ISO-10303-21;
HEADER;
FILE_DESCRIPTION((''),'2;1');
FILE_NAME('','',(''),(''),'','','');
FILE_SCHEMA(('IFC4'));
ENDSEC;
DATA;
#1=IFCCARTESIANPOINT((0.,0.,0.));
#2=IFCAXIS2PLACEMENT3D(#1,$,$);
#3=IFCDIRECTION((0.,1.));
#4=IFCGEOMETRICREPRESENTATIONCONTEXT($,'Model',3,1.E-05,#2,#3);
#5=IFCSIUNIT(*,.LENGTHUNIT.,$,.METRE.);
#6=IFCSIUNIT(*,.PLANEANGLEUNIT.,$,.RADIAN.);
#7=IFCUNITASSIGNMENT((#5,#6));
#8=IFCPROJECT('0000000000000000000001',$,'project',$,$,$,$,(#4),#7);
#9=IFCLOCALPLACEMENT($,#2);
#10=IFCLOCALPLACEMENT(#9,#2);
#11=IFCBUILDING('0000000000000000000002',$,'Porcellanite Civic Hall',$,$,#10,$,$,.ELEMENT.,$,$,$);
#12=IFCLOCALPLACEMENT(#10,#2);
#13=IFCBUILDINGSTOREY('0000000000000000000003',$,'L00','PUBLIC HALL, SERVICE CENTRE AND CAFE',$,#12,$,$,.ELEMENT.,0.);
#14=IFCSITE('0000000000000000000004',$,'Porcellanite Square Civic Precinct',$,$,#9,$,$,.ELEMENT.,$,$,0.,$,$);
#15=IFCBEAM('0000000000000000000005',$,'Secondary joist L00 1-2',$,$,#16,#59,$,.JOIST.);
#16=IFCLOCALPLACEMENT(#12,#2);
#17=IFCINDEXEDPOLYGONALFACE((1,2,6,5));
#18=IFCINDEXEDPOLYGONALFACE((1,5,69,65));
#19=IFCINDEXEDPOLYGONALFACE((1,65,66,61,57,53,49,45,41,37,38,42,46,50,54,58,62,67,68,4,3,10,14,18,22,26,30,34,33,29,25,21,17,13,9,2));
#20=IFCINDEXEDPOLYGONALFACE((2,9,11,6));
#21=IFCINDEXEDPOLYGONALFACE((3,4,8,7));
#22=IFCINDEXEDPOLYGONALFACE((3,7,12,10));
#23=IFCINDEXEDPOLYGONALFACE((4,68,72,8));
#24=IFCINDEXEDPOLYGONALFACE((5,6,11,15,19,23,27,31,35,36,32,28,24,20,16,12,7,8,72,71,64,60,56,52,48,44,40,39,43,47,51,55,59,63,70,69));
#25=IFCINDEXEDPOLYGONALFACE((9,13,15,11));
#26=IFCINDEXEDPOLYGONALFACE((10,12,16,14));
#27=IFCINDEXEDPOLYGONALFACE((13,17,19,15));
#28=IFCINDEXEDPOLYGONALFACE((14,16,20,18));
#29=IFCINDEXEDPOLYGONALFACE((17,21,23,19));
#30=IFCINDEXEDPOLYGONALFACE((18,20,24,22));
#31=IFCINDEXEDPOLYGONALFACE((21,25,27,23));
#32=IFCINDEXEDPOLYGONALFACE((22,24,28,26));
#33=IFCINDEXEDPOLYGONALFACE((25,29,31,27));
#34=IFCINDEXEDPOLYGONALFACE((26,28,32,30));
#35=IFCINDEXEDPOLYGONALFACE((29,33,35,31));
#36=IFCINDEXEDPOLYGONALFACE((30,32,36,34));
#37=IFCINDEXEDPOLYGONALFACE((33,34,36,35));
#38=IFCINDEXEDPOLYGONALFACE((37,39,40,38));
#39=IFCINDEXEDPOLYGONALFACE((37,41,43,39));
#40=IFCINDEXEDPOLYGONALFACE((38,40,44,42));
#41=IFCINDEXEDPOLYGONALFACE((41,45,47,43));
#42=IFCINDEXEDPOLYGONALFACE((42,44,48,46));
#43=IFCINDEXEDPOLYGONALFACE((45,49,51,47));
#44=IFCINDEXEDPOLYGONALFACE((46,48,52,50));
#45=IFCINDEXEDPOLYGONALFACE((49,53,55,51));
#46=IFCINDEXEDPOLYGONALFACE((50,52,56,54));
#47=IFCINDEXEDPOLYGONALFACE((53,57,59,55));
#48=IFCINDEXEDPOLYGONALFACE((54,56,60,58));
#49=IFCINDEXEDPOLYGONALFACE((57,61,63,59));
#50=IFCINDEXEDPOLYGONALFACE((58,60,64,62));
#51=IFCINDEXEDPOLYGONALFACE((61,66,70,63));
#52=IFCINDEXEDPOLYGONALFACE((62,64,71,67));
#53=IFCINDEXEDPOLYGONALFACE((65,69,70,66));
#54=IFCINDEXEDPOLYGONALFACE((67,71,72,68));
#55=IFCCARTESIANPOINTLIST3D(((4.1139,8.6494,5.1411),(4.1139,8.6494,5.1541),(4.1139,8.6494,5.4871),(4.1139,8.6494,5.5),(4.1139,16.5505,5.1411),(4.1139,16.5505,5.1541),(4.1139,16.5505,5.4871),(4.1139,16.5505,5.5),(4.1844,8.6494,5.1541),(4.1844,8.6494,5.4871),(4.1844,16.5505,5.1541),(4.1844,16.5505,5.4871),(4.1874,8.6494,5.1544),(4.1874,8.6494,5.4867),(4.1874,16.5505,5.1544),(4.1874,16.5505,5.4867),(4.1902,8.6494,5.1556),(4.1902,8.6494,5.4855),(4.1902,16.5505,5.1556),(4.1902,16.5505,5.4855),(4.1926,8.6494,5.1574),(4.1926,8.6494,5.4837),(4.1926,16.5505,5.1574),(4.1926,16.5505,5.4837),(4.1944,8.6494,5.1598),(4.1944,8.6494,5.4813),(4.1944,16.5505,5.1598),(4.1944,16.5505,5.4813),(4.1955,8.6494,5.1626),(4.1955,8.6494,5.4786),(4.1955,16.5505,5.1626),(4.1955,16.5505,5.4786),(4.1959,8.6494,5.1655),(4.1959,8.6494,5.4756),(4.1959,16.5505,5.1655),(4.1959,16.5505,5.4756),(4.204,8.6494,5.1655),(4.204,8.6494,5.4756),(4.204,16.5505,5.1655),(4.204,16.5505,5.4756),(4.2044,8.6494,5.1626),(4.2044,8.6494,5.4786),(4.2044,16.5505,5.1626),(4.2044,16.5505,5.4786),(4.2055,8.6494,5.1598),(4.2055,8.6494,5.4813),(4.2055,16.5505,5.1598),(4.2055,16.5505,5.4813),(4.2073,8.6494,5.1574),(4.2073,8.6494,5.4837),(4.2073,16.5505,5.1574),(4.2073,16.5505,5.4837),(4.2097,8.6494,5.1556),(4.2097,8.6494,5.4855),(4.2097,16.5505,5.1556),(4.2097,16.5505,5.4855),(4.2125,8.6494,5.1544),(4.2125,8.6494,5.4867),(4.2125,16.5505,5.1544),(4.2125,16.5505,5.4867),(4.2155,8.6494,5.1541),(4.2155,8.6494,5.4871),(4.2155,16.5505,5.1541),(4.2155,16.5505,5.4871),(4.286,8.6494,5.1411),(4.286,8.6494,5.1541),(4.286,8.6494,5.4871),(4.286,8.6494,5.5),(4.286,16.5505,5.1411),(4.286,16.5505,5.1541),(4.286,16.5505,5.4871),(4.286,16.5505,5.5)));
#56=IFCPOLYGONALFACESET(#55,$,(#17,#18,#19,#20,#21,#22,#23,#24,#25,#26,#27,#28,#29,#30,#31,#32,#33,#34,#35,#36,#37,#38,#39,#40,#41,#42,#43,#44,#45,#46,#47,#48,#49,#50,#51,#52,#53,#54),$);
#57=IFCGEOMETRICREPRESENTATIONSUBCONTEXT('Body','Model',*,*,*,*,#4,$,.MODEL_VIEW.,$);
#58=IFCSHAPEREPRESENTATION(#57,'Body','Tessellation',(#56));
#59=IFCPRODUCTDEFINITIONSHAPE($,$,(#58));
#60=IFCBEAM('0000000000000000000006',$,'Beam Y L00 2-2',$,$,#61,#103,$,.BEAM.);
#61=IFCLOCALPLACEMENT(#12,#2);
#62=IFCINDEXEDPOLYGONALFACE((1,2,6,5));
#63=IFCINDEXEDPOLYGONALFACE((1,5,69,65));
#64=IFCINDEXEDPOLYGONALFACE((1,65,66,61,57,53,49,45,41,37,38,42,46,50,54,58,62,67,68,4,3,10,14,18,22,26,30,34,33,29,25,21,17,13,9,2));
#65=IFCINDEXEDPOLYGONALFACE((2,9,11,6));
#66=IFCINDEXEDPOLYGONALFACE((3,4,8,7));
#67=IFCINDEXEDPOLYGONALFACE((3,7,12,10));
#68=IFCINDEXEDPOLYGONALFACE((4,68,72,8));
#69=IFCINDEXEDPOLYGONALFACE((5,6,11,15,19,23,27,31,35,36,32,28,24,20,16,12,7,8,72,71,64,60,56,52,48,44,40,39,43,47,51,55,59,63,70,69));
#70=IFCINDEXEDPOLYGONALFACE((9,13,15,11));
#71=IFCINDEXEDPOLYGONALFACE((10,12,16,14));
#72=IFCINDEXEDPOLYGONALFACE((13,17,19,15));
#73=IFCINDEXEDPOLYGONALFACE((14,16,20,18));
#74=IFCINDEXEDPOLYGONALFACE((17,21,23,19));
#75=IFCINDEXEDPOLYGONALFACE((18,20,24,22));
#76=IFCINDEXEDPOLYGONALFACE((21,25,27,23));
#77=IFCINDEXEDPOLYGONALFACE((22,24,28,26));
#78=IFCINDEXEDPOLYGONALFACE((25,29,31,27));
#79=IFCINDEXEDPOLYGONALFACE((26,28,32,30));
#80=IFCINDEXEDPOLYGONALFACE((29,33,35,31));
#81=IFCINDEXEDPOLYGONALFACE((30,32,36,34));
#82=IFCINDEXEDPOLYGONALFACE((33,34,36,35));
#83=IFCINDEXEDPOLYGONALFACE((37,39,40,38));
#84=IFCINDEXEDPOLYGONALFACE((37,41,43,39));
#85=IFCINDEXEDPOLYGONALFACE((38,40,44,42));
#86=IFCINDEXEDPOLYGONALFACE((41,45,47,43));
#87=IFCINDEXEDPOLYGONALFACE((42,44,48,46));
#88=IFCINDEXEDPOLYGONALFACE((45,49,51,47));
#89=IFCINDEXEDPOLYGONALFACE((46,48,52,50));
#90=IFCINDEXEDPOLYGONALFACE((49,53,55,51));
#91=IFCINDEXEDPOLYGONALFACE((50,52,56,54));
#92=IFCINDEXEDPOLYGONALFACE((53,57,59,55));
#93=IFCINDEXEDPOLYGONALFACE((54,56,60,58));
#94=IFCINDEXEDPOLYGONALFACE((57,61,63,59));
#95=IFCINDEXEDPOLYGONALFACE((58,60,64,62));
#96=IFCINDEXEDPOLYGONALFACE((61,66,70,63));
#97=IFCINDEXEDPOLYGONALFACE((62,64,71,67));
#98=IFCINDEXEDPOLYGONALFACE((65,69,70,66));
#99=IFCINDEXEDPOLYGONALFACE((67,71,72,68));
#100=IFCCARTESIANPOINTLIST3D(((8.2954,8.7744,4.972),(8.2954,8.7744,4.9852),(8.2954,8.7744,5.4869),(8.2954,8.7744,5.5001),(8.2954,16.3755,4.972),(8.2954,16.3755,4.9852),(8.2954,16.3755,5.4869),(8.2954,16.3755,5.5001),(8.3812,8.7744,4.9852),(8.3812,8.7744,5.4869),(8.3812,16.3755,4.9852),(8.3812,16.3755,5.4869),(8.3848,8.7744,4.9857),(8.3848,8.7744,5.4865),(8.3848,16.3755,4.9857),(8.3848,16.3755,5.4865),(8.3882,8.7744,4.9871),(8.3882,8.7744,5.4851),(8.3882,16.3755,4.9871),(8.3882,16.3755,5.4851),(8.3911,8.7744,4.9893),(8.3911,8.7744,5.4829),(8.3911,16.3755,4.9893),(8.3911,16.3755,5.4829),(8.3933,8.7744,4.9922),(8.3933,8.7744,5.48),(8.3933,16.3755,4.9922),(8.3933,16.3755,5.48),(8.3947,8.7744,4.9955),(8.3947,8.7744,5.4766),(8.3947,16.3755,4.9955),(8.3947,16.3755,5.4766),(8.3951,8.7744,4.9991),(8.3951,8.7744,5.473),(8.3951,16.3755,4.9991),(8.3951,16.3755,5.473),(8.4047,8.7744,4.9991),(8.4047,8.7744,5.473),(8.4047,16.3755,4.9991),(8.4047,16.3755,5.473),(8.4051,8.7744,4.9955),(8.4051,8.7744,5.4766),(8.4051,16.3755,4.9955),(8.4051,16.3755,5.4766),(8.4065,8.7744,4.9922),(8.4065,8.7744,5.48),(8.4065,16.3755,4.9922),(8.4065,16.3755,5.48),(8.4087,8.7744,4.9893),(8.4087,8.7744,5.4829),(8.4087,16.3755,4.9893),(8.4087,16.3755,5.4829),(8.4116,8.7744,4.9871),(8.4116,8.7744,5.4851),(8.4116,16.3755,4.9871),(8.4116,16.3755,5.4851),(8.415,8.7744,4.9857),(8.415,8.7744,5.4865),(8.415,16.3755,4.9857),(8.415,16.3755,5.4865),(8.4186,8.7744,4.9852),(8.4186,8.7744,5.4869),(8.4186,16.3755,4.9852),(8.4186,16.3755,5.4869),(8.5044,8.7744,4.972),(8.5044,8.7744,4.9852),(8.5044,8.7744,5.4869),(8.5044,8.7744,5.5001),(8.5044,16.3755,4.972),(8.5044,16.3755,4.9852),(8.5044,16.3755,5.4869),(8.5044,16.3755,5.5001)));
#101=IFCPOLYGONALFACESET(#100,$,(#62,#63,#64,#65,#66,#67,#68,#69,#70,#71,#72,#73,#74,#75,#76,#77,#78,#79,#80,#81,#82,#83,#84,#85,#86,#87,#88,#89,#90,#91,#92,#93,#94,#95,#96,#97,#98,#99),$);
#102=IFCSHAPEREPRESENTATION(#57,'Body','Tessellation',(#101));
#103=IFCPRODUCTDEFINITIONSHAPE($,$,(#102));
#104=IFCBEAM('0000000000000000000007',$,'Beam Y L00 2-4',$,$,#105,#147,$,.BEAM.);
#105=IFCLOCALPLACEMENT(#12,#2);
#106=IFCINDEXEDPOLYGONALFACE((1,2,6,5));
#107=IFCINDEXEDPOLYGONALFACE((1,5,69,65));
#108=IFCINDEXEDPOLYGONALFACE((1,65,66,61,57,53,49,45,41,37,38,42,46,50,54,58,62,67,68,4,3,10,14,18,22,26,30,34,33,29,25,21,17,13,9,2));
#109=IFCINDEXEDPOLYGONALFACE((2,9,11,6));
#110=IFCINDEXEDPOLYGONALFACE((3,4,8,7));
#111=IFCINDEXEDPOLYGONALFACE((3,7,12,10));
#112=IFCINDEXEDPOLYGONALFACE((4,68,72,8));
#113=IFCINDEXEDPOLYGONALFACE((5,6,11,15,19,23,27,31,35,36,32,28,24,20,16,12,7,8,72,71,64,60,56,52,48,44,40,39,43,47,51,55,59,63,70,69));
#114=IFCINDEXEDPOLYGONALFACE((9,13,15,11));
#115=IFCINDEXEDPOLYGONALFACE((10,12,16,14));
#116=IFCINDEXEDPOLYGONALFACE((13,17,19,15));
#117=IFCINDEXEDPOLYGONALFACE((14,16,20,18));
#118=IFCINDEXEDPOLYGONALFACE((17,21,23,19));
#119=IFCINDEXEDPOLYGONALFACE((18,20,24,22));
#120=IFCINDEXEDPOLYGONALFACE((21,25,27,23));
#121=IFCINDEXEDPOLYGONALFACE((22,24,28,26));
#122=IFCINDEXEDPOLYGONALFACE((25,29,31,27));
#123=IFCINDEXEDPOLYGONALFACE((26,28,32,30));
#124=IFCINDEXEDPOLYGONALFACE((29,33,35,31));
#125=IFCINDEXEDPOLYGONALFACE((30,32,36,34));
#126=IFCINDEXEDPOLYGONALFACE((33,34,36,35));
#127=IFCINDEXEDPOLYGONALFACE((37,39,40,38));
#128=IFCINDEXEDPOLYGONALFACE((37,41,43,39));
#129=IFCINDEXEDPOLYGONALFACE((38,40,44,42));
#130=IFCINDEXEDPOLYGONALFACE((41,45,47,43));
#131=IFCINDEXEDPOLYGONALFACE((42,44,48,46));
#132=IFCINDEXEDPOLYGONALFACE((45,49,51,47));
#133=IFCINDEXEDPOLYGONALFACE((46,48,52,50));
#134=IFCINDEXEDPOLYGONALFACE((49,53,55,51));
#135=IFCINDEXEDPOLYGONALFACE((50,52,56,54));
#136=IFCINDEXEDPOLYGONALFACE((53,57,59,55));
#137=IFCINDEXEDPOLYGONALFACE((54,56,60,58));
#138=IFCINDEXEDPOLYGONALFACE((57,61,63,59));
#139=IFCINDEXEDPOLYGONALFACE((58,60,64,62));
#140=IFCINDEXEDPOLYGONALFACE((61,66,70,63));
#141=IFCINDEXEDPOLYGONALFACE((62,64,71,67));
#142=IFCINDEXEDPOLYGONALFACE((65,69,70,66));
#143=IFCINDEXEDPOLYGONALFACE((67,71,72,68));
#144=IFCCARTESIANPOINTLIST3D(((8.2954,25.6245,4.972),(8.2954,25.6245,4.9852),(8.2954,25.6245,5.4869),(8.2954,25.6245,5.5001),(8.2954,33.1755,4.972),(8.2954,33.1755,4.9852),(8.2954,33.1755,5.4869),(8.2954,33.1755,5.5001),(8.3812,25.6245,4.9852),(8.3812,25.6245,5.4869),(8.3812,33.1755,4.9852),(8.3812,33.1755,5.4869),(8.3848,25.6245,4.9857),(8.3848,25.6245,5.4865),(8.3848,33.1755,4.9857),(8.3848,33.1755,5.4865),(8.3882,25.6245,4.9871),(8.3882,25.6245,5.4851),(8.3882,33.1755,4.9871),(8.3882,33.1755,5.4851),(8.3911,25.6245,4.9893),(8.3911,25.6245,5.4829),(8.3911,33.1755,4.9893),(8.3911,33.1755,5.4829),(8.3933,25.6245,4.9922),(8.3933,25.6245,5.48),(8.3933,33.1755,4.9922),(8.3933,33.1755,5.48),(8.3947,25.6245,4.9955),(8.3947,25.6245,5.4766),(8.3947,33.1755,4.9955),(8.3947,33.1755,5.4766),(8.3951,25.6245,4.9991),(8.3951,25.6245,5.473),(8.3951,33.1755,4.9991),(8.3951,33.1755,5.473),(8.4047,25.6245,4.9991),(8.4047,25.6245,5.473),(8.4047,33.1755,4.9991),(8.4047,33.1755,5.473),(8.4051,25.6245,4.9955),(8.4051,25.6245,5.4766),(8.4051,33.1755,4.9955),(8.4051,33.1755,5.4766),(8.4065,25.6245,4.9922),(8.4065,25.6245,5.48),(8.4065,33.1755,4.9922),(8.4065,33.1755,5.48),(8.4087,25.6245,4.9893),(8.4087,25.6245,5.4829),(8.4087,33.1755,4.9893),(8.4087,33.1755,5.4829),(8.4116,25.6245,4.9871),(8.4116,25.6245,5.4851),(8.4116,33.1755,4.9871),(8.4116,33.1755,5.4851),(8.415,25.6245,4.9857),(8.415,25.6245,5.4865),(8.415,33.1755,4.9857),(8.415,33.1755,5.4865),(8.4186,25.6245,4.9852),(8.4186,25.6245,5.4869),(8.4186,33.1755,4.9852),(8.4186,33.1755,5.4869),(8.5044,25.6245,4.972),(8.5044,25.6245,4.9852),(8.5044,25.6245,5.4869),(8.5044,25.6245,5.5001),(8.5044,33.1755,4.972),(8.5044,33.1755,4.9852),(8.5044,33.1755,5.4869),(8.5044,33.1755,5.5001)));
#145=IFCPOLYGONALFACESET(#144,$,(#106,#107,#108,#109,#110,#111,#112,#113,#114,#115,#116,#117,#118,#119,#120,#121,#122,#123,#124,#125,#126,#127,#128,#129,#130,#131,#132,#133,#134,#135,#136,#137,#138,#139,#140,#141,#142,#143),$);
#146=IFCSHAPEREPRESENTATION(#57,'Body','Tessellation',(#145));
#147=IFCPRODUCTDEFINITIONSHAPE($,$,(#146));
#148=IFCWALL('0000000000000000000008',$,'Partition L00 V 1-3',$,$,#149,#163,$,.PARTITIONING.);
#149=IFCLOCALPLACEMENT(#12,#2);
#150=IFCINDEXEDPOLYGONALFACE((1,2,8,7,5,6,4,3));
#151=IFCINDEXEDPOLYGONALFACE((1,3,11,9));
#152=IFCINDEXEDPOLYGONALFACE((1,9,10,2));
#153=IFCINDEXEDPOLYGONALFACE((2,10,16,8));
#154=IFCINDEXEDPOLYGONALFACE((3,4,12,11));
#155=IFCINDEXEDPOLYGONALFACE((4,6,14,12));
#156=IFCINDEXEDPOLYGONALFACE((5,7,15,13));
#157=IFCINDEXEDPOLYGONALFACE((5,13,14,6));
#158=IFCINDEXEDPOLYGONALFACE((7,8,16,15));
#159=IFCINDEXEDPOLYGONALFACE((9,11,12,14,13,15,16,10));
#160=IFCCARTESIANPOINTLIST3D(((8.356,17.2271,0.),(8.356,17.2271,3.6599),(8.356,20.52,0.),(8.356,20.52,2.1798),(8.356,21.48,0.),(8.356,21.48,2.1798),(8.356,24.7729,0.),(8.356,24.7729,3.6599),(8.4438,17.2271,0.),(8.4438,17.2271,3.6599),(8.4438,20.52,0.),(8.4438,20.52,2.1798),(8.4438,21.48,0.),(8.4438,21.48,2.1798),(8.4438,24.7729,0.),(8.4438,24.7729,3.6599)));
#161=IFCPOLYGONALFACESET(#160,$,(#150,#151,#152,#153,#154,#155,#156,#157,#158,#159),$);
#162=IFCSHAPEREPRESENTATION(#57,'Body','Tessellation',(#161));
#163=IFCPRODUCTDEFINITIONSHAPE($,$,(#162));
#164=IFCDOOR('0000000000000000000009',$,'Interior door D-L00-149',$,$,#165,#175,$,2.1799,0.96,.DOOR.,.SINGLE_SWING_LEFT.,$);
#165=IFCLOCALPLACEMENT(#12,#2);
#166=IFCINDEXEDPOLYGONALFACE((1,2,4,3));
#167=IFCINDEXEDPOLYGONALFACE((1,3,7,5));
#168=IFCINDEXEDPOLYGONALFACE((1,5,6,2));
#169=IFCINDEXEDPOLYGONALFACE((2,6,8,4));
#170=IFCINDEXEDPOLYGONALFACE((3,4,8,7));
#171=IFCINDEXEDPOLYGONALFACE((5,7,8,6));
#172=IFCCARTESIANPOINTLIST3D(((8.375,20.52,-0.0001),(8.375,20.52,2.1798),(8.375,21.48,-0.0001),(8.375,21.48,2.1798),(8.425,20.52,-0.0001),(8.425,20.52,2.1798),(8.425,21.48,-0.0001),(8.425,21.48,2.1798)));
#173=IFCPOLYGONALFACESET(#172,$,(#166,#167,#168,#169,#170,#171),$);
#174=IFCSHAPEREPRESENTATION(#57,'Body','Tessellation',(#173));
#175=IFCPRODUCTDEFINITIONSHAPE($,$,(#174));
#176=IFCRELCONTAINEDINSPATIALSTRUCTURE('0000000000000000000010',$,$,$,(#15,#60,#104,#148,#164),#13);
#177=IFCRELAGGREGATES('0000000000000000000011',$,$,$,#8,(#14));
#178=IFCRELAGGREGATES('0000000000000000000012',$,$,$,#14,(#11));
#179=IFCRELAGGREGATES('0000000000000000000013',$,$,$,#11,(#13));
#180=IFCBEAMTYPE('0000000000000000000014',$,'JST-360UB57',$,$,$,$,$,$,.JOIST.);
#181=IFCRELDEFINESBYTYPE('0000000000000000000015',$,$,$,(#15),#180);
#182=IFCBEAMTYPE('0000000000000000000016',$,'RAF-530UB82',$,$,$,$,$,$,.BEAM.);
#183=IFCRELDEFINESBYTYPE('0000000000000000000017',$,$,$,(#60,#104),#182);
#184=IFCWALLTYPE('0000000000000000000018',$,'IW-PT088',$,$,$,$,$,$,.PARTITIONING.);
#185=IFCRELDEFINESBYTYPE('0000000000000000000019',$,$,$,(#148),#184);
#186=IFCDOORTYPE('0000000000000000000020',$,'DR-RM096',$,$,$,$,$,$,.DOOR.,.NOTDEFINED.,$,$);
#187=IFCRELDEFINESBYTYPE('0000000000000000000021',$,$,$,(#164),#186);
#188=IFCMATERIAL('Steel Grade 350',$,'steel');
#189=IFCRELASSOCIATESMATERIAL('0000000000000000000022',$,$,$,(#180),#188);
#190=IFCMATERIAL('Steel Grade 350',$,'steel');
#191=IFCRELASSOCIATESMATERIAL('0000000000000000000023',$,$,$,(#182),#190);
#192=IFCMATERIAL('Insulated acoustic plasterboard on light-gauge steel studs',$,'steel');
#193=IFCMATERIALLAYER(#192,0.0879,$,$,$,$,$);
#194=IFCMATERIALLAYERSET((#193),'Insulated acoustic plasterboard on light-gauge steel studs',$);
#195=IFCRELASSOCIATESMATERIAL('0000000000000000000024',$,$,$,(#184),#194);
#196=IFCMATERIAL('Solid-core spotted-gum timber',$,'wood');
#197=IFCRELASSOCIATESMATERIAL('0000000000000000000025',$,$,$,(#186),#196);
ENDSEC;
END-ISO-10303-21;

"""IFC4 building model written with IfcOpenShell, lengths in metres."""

from ifc_helpers import new_model, si_unit, direction, frame, frame_2d, origin, origin_2d, place, context, subcontext, project, spatial, rectangle, i_section, extrude, material, layer, layer_set, material_profile, profile_set, type_object, element, fill, save


model = new_model("IFC4")

# Units and contexts
model_context = context("Model", 3, precision=1e-05, world=origin(), true_north=direction((0.0, 1.0)))
body_context = subcontext(model_context, "Body", "Model", "MODEL_VIEW")
ifc_project = project(units=[si_unit("LENGTHUNIT", "METRE"), si_unit("PLANEANGLEUNIT", "RADIAN")], contexts=[model_context])

# Site, building, storey
site_placement = place(None, origin())
site = spatial("IfcSite", under=ifc_project, at=site_placement, Name="Porcellanite Square Civic Precinct", CompositionType="ELEMENT", RefElevation=0.0)
building_placement = place(site_placement, origin())
building = spatial("IfcBuilding", under=site, at=building_placement, Name="Porcellanite Civic Hall", CompositionType="ELEMENT")
storey_placement = place(building_placement, origin())
storey = spatial("IfcBuildingStorey", under=building, at=storey_placement, Name="L00", Description="PUBLIC HALL, SERVICE CENTRE AND CAFE", CompositionType="ELEMENT", Elevation=0.0)

# Beams
ifc_material_1 = material(Name="Steel Grade 350", Category="steel")
ifc_material_profile_1 = material_profile(ifc_material_1, i_section(OverallWidth=0.1721, OverallDepth=0.3589, WebThickness=0.0081, FlangeThickness=0.0129, FilletRadius=0.0115, at=origin_2d()), Name="360UB56.7")
ifc_profile_set_1 = profile_set([ifc_material_profile_1], Name="Steel Grade 350")
beam_type_1 = type_object("IfcBeamType", Name="JST-360UB57", PredefinedType="JOIST", material=ifc_profile_set_1)
beam_1_placement = place(storey_placement, frame((4.2, 8.6494, 5.3206), z_axis=(0.0, 1.0, 0.0), x_axis=(-1.0, 0.0, 0.0)))
element("IfcBeam", 1, at=beam_1_placement, inside=storey, type_object=beam_type_1, Name="Secondary joist L00 1-2", PredefinedType="JOIST", context=body_context, shape_type="SweptSolid", body=[
    extrude(i_section(OverallWidth=0.1721, OverallDepth=0.3589, WebThickness=0.0081, FlangeThickness=0.0129, FilletRadius=0.0115, at=origin_2d()), origin(), (0.0, 0.0, 1.0), 7.9011),
])
ifc_material_2 = material(Name="Steel Grade 350", Category="steel")
ifc_material_profile_2 = material_profile(ifc_material_2, i_section(OverallWidth=0.209, OverallDepth=0.5281, WebThickness=0.0095, FlangeThickness=0.0132, FilletRadius=0.0139, at=origin_2d()), Name="530UB82.0")
ifc_profile_set_2 = profile_set([ifc_material_profile_2], Name="Steel Grade 350")
beam_type_2 = type_object("IfcBeamType", Name="RAF-530UB82", PredefinedType="BEAM", material=ifc_profile_set_2)
beam_2_placement = place(storey_placement, frame((8.3999, 8.7744, 5.2361), z_axis=(0.0, 1.0, 0.0), x_axis=(-1.0, 0.0, 0.0)))
element("IfcBeam", 2, at=beam_2_placement, inside=storey, type_object=beam_type_2, Name="Beam Y L00 2-2", PredefinedType="BEAM", context=body_context, shape_type="SweptSolid", body=[
    extrude(i_section(OverallWidth=0.209, OverallDepth=0.5281, WebThickness=0.0095, FlangeThickness=0.0132, FilletRadius=0.0139, at=origin_2d()), origin(), (0.0, 0.0, 1.0), 7.6011),
])
beam_3_placement = place(storey_placement, frame((8.3999, 25.6245, 5.2361), z_axis=(0.0, 1.0, 0.0), x_axis=(-1.0, 0.0, 0.0)))
element("IfcBeam", 3, at=beam_3_placement, inside=storey, type_object=beam_type_2, Name="Beam Y L00 2-4", PredefinedType="BEAM", context=body_context, shape_type="SweptSolid", body=[
    extrude(i_section(OverallWidth=0.209, OverallDepth=0.5281, WebThickness=0.0095, FlangeThickness=0.0132, FilletRadius=0.0139, at=origin_2d()), origin(), (0.0, 0.0, 1.0), 7.551),
])

# Wall, opening, door
ifc_material_3 = material(Name="Insulated acoustic plasterboard on light-gauge steel studs", Category="steel")
ifc_layer_1 = layer(ifc_material_3, 0.0879)
ifc_layer_set_1 = layer_set([ifc_layer_1], Name="Insulated acoustic plasterboard on light-gauge steel studs")
wall_type_1 = type_object("IfcWallType", Name="IW-PT088", PredefinedType="PARTITIONING", material=ifc_layer_set_1)
wall_1_placement = place(storey_placement, frame((8.3999, 17.2271, 0.0), z_axis=(0.0, 0.0, 1.0), x_axis=(0.0, 1.0, 0.0)))
wall_1 = element("IfcWall", 4, at=wall_1_placement, inside=storey, type_object=wall_type_1, Name="Partition L00 V 1-3", PredefinedType="PARTITIONING", context=body_context, shape_type="SweptSolid", body=[
    extrude(rectangle(XDim=7.5459, YDim=0.0879, at=frame_2d((3.7729, 0.0))), origin(), (0.0, 0.0, 1.0), 3.6599),
])
opening_1_placement = place(wall_1_placement, frame((3.293, 0.0, 0.0)))
opening_1 = element("IfcOpeningElement", 5, at=opening_1_placement, cuts=wall_1, PredefinedType="OPENING", context=body_context, shape_type="SweptSolid", body=[
    extrude(rectangle(XDim=0.96, YDim=2.1799, at=frame_2d((0.48, 1.0898))), frame((0.0, 0.0439, 0.0), z_axis=(0.0, -1.0, 0.0), x_axis=(1.0, 0.0, 0.0)), (0.0, 0.0, 1.0), 0.0879),
])
ifc_material_4 = material(Name="Solid-core spotted-gum timber", Category="wood")
door_type_1 = type_object("IfcDoorType", Name="DR-RM096", OperationType="NOTDEFINED", PredefinedType="DOOR", material=ifc_material_4)
door_1_placement = place(opening_1_placement, origin())
door_1 = element("IfcDoor", 6, at=door_1_placement, inside=storey, type_object=door_type_1, Name="Interior door D-L00-149", OperationType="SINGLE_SWING_LEFT", OverallHeight=2.1799, OverallWidth=0.96, PredefinedType="DOOR", context=body_context, shape_type="SweptSolid", body=[
    extrude(rectangle(XDim=0.96, YDim=2.1799, at=frame_2d((0.48, 1.0898))), frame((0.0, 0.0249, 0.0), z_axis=(0.0, -1.0, 0.0), x_axis=(1.0, 0.0, 0.0)), (0.0, 0.0, 1.0), 0.05),
])
fill(opening_1, door_1)

save(model, "model.ifc")
